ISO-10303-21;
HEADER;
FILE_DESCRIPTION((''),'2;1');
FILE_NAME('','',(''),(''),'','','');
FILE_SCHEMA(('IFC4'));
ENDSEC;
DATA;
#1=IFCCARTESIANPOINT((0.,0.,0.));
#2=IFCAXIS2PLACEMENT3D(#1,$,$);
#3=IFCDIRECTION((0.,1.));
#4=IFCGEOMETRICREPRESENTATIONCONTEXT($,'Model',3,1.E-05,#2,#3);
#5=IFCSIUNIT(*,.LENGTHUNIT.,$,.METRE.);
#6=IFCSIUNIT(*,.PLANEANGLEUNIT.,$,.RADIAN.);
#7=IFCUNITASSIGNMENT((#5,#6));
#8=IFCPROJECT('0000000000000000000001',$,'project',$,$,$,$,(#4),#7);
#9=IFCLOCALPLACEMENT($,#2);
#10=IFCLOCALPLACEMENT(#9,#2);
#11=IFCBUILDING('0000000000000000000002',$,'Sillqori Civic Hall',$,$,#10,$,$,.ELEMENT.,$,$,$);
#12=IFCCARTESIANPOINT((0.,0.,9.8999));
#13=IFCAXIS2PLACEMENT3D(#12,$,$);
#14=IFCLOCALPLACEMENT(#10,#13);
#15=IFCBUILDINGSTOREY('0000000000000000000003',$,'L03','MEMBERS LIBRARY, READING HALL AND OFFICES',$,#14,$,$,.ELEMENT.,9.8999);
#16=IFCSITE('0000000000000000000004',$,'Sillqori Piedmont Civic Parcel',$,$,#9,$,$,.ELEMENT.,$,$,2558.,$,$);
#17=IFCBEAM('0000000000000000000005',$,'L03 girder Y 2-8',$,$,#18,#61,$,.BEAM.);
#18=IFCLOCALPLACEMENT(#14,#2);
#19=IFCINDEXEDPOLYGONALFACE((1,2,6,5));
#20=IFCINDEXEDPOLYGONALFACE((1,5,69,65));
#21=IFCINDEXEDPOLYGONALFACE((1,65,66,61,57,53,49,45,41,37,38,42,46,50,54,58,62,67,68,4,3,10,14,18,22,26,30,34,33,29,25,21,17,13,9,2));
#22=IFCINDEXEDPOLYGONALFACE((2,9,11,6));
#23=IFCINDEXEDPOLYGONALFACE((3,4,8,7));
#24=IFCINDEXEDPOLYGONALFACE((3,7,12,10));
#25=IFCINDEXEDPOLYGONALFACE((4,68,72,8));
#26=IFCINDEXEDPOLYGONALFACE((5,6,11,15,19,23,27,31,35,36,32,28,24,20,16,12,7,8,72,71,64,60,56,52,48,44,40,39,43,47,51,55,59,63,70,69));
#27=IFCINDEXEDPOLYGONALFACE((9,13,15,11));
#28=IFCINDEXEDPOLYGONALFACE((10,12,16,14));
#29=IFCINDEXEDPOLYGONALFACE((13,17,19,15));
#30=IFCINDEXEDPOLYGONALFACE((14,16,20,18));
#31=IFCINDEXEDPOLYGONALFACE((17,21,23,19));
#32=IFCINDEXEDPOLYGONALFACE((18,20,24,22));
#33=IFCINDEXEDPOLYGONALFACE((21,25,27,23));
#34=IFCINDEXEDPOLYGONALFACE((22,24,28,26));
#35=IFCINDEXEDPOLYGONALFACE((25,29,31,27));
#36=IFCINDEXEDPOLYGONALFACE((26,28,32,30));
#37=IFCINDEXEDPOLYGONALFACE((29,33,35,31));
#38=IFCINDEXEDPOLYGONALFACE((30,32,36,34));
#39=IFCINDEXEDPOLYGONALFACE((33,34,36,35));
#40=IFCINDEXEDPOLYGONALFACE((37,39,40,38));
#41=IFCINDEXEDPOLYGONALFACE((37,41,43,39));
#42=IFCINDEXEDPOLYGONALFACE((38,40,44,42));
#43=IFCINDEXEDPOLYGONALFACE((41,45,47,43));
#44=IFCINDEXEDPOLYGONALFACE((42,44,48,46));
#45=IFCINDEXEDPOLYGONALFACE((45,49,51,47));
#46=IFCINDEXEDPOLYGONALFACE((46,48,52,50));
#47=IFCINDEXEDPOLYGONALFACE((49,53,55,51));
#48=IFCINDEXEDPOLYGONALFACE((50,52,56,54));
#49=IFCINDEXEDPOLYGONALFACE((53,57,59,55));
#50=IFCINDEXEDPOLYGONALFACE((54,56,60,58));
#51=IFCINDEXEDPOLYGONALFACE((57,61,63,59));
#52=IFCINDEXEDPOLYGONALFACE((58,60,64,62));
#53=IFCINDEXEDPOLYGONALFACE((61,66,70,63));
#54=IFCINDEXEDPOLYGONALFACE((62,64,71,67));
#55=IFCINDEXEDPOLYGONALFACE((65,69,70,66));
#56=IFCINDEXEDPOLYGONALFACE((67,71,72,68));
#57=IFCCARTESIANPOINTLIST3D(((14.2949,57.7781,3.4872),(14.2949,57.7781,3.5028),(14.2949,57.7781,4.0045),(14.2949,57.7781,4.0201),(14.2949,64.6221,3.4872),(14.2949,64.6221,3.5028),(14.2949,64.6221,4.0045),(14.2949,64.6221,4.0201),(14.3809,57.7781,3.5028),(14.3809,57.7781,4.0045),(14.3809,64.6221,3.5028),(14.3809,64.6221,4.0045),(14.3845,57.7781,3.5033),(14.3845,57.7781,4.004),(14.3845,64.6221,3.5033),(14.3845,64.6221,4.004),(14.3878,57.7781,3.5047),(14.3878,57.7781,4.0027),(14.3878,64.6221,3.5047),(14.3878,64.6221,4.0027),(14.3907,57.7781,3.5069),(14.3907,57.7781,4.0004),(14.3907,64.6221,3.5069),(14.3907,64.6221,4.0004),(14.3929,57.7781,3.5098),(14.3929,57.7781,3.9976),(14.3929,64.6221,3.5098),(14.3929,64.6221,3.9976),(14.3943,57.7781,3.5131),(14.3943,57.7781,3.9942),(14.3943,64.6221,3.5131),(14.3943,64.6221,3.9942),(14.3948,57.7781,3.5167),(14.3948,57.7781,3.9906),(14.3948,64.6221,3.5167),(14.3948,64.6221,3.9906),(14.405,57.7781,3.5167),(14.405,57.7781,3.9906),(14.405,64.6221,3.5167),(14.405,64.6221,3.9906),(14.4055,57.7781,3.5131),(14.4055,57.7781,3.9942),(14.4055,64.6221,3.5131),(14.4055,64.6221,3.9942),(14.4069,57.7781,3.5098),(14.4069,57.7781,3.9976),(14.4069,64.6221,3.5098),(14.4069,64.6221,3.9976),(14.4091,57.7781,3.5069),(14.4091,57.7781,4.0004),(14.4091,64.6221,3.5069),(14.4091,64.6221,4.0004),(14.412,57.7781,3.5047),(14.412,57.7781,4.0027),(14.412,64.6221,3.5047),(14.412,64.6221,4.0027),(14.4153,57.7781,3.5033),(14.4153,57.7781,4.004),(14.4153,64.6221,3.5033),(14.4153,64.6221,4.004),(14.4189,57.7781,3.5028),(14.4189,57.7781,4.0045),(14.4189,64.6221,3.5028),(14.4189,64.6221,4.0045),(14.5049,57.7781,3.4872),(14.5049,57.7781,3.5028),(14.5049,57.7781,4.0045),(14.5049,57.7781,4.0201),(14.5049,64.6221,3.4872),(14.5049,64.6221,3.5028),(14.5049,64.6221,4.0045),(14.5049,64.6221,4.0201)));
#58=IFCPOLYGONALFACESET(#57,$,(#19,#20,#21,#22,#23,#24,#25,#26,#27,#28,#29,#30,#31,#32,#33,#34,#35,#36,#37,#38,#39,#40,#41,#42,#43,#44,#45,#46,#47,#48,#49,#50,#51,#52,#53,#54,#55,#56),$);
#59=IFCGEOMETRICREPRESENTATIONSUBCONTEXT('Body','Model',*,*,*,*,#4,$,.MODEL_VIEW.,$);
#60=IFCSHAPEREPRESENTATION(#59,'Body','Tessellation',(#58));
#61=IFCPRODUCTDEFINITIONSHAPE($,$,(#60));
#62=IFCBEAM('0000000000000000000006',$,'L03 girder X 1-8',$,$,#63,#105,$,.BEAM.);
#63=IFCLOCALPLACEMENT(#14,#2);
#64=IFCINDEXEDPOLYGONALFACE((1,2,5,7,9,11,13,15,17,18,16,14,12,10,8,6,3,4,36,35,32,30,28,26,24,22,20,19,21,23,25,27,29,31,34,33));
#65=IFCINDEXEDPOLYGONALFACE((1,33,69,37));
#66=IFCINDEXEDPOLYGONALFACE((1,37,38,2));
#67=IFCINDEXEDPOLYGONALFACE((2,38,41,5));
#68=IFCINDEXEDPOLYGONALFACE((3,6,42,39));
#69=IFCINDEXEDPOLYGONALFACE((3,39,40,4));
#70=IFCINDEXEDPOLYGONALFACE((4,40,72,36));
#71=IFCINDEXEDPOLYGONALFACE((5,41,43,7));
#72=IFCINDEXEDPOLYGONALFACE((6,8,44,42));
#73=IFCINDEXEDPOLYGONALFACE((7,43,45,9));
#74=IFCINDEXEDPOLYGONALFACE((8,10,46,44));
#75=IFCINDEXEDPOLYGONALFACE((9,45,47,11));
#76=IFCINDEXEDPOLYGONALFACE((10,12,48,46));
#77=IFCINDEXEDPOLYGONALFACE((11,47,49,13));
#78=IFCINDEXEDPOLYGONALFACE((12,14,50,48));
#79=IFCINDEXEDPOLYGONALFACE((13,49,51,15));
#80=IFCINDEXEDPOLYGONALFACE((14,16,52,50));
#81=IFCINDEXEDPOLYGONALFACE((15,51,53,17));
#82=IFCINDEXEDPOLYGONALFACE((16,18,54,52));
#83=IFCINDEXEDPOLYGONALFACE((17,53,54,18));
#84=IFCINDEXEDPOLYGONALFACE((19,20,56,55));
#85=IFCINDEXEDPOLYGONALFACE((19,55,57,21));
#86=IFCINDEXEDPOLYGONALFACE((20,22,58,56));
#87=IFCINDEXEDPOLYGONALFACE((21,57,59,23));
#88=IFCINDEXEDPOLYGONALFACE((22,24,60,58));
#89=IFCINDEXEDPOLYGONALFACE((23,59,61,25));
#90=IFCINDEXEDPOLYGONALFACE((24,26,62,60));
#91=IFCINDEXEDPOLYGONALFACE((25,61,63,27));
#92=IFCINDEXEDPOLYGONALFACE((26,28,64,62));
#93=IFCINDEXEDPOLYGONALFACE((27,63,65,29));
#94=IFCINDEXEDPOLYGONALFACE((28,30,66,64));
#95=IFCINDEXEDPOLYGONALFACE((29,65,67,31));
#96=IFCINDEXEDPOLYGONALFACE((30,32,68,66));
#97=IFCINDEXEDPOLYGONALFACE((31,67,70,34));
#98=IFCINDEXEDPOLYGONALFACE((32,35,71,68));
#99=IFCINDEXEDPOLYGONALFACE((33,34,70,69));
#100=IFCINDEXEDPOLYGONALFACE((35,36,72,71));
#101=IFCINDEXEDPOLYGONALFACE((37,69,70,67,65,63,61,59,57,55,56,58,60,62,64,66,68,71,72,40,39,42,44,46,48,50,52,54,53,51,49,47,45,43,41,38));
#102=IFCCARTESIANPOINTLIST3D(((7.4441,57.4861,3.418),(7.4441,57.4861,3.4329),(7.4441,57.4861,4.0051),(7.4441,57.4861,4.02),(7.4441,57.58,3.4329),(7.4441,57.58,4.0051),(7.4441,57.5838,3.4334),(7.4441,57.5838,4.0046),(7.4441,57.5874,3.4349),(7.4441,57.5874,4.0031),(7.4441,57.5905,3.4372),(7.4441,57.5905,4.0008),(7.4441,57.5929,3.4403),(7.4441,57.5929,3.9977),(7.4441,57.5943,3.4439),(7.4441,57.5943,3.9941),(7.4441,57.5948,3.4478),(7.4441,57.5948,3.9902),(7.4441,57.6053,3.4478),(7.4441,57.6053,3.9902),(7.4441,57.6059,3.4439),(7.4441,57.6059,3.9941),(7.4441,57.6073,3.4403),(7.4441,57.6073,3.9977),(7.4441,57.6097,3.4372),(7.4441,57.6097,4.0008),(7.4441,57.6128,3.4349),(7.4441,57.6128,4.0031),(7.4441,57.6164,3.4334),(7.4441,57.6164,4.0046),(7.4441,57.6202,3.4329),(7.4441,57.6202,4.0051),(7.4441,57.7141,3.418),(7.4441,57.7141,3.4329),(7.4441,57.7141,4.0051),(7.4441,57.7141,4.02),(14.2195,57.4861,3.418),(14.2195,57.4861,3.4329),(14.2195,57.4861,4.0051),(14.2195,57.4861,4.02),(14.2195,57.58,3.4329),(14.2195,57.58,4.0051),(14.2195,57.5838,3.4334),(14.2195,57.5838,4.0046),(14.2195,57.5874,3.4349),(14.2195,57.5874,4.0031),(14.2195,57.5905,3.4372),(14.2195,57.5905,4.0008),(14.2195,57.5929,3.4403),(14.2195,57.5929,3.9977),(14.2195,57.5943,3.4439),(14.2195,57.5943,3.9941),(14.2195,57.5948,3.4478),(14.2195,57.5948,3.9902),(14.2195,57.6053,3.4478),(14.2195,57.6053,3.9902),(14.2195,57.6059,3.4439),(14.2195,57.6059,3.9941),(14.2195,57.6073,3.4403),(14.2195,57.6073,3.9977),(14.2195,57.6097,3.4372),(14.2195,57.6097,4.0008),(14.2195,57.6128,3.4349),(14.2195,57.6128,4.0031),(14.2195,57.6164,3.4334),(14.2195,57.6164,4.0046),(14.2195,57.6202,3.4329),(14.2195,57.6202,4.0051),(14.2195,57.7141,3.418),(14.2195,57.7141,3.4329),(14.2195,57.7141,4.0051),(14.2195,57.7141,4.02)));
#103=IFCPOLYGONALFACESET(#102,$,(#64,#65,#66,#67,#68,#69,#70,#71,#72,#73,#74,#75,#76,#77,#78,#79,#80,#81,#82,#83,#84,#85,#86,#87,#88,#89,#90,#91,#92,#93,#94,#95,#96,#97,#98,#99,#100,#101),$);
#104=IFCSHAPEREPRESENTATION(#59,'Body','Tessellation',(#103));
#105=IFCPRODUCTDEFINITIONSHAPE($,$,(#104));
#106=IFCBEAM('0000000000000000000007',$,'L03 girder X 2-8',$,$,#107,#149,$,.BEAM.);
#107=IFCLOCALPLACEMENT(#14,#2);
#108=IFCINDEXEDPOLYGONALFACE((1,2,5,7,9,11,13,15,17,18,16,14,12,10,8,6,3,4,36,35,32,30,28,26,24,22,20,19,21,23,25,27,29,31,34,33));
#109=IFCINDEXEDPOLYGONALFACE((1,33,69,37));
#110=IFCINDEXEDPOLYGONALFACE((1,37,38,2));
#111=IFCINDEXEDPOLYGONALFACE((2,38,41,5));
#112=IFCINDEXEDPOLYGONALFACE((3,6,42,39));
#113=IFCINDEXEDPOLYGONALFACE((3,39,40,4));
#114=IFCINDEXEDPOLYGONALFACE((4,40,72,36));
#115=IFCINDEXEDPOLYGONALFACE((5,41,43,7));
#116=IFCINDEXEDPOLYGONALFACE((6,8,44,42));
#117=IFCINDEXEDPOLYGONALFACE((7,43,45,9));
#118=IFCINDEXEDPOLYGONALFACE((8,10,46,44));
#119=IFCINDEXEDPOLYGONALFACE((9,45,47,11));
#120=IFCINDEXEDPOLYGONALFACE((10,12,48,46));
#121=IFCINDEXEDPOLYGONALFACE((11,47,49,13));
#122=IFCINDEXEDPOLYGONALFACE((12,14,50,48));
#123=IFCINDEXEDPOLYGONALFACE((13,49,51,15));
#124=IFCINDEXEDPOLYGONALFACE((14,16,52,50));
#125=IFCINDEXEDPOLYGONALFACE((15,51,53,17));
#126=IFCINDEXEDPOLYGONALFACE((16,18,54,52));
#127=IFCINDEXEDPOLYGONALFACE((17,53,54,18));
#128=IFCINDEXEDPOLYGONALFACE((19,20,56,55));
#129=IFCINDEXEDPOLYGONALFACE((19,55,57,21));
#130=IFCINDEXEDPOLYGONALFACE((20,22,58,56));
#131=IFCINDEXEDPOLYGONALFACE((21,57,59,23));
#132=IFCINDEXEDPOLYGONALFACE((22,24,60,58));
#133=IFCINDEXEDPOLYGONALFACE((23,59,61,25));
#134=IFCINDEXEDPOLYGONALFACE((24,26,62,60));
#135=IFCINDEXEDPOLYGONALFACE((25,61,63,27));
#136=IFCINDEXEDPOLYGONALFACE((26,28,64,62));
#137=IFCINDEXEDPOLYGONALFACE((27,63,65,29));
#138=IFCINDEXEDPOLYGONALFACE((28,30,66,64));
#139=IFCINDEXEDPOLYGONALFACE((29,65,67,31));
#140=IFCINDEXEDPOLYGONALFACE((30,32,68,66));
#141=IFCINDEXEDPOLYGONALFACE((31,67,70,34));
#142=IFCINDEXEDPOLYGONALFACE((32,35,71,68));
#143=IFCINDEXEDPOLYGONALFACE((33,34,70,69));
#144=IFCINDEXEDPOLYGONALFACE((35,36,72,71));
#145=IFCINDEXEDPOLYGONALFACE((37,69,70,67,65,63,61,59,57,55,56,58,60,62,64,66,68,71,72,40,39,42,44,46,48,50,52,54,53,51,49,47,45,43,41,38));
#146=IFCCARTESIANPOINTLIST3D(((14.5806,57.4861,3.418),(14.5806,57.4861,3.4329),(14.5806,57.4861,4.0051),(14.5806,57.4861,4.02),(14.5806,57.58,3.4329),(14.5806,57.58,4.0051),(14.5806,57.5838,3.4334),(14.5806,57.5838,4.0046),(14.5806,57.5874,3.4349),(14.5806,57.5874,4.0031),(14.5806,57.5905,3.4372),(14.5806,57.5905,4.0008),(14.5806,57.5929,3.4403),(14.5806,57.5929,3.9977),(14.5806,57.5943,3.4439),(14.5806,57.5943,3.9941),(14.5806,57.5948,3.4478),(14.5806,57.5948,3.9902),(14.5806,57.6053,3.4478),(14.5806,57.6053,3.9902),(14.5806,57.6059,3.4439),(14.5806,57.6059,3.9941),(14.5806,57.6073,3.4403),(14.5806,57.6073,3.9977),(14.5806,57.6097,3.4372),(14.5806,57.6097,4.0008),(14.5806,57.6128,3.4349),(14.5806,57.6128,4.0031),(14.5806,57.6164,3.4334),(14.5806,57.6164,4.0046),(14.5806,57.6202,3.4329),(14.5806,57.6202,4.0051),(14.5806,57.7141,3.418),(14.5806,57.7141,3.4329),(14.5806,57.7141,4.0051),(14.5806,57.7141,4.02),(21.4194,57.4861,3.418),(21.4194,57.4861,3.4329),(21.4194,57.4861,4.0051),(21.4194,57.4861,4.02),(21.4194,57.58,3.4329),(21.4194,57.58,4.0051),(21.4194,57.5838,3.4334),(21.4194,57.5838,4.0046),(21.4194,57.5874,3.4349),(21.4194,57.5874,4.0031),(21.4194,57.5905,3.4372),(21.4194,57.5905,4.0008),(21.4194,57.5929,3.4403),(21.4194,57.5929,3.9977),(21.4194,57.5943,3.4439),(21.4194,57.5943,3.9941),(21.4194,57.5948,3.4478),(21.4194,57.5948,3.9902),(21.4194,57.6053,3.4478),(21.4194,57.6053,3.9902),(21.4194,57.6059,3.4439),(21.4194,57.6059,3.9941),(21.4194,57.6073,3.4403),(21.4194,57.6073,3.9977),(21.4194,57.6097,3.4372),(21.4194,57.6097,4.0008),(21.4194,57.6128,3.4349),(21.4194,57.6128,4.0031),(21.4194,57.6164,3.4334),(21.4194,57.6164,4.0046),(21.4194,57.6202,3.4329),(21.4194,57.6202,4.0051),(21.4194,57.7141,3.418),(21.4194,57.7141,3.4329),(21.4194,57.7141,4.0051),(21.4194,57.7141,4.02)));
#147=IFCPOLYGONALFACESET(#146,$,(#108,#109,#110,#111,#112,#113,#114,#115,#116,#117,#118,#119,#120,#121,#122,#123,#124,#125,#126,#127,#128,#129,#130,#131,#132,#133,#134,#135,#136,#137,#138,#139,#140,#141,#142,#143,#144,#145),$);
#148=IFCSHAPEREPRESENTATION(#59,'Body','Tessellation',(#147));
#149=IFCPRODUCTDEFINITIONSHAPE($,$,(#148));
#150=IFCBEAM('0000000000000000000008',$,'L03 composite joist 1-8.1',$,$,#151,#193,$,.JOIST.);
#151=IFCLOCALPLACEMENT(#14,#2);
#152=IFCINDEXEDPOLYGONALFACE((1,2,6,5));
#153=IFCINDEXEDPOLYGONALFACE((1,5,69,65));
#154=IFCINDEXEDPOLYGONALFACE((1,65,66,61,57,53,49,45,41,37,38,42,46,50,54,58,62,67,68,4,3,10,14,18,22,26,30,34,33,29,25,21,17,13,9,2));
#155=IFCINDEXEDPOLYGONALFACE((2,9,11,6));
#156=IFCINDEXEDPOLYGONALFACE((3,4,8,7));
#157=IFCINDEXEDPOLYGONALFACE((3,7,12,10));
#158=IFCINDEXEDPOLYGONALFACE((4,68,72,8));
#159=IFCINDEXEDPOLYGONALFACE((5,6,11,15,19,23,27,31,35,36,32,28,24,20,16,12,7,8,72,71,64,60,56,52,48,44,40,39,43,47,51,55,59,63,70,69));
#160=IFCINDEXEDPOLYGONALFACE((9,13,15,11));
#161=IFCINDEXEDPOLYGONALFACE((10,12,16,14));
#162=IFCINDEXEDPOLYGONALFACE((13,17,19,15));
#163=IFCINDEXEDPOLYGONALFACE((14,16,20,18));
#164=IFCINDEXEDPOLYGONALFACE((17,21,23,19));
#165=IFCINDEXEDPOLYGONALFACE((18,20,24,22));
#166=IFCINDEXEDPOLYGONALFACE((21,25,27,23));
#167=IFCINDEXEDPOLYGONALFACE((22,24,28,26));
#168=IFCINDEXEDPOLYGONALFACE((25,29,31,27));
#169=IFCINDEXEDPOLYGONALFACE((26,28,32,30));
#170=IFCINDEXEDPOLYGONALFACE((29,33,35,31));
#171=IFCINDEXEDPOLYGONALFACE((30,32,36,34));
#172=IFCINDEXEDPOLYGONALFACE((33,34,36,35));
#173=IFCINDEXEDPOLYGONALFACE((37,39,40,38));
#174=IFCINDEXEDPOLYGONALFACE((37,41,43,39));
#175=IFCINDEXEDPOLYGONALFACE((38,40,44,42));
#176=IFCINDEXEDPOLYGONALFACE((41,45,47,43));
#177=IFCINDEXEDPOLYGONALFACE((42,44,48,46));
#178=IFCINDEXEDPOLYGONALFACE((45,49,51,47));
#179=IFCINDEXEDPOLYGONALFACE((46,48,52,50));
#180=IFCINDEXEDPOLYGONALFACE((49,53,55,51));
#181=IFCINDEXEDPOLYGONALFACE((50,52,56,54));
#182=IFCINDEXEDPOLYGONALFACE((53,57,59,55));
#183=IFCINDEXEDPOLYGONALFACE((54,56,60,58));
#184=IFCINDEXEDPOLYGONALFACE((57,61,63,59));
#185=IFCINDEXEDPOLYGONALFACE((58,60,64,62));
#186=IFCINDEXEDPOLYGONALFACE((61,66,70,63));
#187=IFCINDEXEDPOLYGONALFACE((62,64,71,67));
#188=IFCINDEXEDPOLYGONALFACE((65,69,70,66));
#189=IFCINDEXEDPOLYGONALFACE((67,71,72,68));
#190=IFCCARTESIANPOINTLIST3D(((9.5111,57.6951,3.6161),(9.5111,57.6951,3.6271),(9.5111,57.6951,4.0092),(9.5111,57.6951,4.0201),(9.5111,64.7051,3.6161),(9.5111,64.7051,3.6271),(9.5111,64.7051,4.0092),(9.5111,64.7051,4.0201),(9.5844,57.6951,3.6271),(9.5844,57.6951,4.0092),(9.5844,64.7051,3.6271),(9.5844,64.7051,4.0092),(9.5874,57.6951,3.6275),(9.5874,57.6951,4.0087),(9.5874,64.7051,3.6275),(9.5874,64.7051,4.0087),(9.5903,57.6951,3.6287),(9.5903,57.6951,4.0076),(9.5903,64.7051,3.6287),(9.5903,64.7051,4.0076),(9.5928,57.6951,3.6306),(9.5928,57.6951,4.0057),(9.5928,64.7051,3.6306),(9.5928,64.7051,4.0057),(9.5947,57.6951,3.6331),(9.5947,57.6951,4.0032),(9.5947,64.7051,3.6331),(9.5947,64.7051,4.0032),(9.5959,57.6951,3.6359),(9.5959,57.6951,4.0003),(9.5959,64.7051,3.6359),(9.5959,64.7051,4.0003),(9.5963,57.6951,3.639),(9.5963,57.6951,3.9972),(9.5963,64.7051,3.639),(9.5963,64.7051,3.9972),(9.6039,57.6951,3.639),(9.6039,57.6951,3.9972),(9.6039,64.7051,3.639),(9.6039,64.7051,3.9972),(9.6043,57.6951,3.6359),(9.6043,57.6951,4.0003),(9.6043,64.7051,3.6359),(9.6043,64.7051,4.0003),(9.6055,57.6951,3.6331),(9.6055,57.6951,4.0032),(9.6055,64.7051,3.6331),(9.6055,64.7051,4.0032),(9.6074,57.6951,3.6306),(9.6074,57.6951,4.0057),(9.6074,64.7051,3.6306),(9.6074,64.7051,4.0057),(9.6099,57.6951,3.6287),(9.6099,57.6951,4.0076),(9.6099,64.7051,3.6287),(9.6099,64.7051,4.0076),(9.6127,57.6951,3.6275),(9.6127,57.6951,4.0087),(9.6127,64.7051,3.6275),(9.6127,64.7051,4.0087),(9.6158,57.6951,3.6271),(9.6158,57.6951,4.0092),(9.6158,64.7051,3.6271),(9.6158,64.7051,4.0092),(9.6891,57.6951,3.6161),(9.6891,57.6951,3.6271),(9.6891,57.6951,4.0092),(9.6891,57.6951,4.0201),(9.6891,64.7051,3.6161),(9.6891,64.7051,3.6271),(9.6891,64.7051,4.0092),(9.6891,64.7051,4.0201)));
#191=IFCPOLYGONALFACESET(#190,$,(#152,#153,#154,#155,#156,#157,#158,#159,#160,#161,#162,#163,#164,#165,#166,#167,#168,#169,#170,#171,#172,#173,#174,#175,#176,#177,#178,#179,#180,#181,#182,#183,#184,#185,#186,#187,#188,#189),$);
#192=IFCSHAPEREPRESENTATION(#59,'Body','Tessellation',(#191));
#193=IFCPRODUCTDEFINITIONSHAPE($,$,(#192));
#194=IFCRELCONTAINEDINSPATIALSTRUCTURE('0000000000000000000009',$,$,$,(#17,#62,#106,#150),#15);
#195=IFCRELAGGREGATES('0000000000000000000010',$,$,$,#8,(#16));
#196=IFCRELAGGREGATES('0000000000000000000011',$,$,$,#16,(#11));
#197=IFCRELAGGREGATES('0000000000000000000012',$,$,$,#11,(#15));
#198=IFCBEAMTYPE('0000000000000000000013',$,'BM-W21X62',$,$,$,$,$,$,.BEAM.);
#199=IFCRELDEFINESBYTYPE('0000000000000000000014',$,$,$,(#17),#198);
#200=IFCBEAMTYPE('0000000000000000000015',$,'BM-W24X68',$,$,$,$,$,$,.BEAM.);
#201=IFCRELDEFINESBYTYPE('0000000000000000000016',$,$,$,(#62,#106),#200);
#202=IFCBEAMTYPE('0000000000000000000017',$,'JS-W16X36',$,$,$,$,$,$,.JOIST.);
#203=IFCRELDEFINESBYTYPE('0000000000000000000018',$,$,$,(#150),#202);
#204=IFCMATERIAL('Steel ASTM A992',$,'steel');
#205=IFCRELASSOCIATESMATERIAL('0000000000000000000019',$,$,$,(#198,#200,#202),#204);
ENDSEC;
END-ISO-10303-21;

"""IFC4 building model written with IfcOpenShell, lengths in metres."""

from ifc_helpers import new_model, si_unit, direction, frame, origin, origin_2d, place, context, subcontext, project, spatial, i_section, extrude, material, material_profile, profile_set, type_object, element, save


model = new_model("IFC4")

# Units and contexts
model_context = context("Model", 3, precision=1e-05, world=origin(), true_north=direction((0.0, 1.0)))
body_context = subcontext(model_context, "Body", "Model", "MODEL_VIEW")
ifc_project = project(units=[si_unit("LENGTHUNIT", "METRE"), si_unit("PLANEANGLEUNIT", "RADIAN")], contexts=[model_context])

# Site, building, storey
site_placement = place(None, origin())
site = spatial("IfcSite", under=ifc_project, at=site_placement, Name="Sillqori Piedmont Civic Parcel", CompositionType="ELEMENT", RefElevation=2558.0)
building_placement = place(site_placement, origin())
building = spatial("IfcBuilding", under=site, at=building_placement, Name="Sillqori Civic Hall", CompositionType="ELEMENT")
storey_placement = place(building_placement, frame((0.0, 0.0, 9.8999)))
storey = spatial("IfcBuildingStorey", under=building, at=storey_placement, Name="L03", Description="MEMBERS LIBRARY, READING HALL AND OFFICES", CompositionType="ELEMENT", Elevation=9.8999)

# Shared definitions
ifc_material_1 = material(Name="Steel ASTM A992", Category="steel")

# Beams
ifc_material_profile_1 = material_profile(ifc_material_1, i_section(OverallWidth=0.21, OverallDepth=0.533, WebThickness=0.0103, FlangeThickness=0.0156, FilletRadius=0.0139, at=origin_2d()), Name="W21X62")
ifc_profile_set_1 = profile_set([ifc_material_profile_1], Name="Steel ASTM A992")
beam_type_1 = type_object("IfcBeamType", Name="BM-W21X62", PredefinedType="BEAM", material=ifc_profile_set_1)
beam_1_placement = place(storey_placement, frame((14.3999, 57.7781, 3.7537), z_axis=(0.0, 1.0, 0.0), x_axis=(-1.0, 0.0, 0.0)))
element("IfcBeam", 1, at=beam_1_placement, inside=storey, type_object=beam_type_1, Name="L03 girder Y 2-8", PredefinedType="BEAM", context=body_context, shape_type="SweptSolid", body=[
    extrude(i_section(OverallWidth=0.21, OverallDepth=0.533, WebThickness=0.0103, FlangeThickness=0.0156, FilletRadius=0.0139, at=origin_2d()), origin(), (0.0, 0.0, 1.0), 6.844),
])
ifc_material_profile_2 = material_profile(ifc_material_1, i_section(OverallWidth=0.228, OverallDepth=0.6021, WebThickness=0.0105, FlangeThickness=0.0149, FilletRadius=0.0149, at=origin_2d()), Name="W24X68")
ifc_profile_set_2 = profile_set([ifc_material_profile_2], Name="Steel ASTM A992")
beam_type_2 = type_object("IfcBeamType", Name="BM-W24X68", PredefinedType="BEAM", material=ifc_profile_set_2)
beam_2_placement = place(storey_placement, frame((7.4441, 57.6001, 3.719), z_axis=(1.0, 0.0, 0.0), x_axis=(0.0, 1.0, 0.0)))
element("IfcBeam", 2, at=beam_2_placement, inside=storey, type_object=beam_type_2, Name="L03 girder X 1-8", PredefinedType="BEAM", context=body_context, shape_type="SweptSolid", body=[
    extrude(i_section(OverallWidth=0.228, OverallDepth=0.6021, WebThickness=0.0105, FlangeThickness=0.0149, FilletRadius=0.0149, at=origin_2d()), origin(), (0.0, 0.0, 1.0), 6.7754),
])
beam_3_placement = place(storey_placement, frame((14.5806, 57.6001, 3.719), z_axis=(1.0, 0.0, 0.0), x_axis=(0.0, 1.0, 0.0)))
element("IfcBeam", 3, at=beam_3_placement, inside=storey, type_object=beam_type_2, Name="L03 girder X 2-8", PredefinedType="BEAM", context=body_context, shape_type="SweptSolid", body=[
    extrude(i_section(OverallWidth=0.228, OverallDepth=0.6021, WebThickness=0.0105, FlangeThickness=0.0149, FilletRadius=0.0149, at=origin_2d()), origin(), (0.0, 0.0, 1.0), 6.8389),
])

# Beam
ifc_material_profile_3 = material_profile(ifc_material_1, i_section(OverallWidth=0.178, OverallDepth=0.4041, WebThickness=0.0076, FlangeThickness=0.011, FilletRadius=0.012, at=origin_2d()), Name="W16X36")
ifc_profile_set_3 = profile_set([ifc_material_profile_3], Name="Steel ASTM A992")
beam_type_3 = type_object("IfcBeamType", Name="JS-W16X36", PredefinedType="JOIST", material=ifc_profile_set_3)
for number, where, z_axis, x_axis, name in (
    (4, (9.6001, 57.6951, 3.8181), (0.0, 1.0, 0.0), (-1.0, 0.0, 0.0), "L03 composite joist 1-8.1"),
):
    element("IfcBeam", number, at=place(storey_placement, frame(where, z_axis=z_axis, x_axis=x_axis)), inside=storey, type_object=beam_type_3, Name=name, PredefinedType="JOIST", context=body_context, shape_type="SweptSolid", body=[
        extrude(i_section(OverallWidth=0.178, OverallDepth=0.4041, WebThickness=0.0076, FlangeThickness=0.011, FilletRadius=0.012, at=origin_2d()), origin(), (0.0, 0.0, 1.0), 7.01),
    ])

save(model, "model.ifc")
